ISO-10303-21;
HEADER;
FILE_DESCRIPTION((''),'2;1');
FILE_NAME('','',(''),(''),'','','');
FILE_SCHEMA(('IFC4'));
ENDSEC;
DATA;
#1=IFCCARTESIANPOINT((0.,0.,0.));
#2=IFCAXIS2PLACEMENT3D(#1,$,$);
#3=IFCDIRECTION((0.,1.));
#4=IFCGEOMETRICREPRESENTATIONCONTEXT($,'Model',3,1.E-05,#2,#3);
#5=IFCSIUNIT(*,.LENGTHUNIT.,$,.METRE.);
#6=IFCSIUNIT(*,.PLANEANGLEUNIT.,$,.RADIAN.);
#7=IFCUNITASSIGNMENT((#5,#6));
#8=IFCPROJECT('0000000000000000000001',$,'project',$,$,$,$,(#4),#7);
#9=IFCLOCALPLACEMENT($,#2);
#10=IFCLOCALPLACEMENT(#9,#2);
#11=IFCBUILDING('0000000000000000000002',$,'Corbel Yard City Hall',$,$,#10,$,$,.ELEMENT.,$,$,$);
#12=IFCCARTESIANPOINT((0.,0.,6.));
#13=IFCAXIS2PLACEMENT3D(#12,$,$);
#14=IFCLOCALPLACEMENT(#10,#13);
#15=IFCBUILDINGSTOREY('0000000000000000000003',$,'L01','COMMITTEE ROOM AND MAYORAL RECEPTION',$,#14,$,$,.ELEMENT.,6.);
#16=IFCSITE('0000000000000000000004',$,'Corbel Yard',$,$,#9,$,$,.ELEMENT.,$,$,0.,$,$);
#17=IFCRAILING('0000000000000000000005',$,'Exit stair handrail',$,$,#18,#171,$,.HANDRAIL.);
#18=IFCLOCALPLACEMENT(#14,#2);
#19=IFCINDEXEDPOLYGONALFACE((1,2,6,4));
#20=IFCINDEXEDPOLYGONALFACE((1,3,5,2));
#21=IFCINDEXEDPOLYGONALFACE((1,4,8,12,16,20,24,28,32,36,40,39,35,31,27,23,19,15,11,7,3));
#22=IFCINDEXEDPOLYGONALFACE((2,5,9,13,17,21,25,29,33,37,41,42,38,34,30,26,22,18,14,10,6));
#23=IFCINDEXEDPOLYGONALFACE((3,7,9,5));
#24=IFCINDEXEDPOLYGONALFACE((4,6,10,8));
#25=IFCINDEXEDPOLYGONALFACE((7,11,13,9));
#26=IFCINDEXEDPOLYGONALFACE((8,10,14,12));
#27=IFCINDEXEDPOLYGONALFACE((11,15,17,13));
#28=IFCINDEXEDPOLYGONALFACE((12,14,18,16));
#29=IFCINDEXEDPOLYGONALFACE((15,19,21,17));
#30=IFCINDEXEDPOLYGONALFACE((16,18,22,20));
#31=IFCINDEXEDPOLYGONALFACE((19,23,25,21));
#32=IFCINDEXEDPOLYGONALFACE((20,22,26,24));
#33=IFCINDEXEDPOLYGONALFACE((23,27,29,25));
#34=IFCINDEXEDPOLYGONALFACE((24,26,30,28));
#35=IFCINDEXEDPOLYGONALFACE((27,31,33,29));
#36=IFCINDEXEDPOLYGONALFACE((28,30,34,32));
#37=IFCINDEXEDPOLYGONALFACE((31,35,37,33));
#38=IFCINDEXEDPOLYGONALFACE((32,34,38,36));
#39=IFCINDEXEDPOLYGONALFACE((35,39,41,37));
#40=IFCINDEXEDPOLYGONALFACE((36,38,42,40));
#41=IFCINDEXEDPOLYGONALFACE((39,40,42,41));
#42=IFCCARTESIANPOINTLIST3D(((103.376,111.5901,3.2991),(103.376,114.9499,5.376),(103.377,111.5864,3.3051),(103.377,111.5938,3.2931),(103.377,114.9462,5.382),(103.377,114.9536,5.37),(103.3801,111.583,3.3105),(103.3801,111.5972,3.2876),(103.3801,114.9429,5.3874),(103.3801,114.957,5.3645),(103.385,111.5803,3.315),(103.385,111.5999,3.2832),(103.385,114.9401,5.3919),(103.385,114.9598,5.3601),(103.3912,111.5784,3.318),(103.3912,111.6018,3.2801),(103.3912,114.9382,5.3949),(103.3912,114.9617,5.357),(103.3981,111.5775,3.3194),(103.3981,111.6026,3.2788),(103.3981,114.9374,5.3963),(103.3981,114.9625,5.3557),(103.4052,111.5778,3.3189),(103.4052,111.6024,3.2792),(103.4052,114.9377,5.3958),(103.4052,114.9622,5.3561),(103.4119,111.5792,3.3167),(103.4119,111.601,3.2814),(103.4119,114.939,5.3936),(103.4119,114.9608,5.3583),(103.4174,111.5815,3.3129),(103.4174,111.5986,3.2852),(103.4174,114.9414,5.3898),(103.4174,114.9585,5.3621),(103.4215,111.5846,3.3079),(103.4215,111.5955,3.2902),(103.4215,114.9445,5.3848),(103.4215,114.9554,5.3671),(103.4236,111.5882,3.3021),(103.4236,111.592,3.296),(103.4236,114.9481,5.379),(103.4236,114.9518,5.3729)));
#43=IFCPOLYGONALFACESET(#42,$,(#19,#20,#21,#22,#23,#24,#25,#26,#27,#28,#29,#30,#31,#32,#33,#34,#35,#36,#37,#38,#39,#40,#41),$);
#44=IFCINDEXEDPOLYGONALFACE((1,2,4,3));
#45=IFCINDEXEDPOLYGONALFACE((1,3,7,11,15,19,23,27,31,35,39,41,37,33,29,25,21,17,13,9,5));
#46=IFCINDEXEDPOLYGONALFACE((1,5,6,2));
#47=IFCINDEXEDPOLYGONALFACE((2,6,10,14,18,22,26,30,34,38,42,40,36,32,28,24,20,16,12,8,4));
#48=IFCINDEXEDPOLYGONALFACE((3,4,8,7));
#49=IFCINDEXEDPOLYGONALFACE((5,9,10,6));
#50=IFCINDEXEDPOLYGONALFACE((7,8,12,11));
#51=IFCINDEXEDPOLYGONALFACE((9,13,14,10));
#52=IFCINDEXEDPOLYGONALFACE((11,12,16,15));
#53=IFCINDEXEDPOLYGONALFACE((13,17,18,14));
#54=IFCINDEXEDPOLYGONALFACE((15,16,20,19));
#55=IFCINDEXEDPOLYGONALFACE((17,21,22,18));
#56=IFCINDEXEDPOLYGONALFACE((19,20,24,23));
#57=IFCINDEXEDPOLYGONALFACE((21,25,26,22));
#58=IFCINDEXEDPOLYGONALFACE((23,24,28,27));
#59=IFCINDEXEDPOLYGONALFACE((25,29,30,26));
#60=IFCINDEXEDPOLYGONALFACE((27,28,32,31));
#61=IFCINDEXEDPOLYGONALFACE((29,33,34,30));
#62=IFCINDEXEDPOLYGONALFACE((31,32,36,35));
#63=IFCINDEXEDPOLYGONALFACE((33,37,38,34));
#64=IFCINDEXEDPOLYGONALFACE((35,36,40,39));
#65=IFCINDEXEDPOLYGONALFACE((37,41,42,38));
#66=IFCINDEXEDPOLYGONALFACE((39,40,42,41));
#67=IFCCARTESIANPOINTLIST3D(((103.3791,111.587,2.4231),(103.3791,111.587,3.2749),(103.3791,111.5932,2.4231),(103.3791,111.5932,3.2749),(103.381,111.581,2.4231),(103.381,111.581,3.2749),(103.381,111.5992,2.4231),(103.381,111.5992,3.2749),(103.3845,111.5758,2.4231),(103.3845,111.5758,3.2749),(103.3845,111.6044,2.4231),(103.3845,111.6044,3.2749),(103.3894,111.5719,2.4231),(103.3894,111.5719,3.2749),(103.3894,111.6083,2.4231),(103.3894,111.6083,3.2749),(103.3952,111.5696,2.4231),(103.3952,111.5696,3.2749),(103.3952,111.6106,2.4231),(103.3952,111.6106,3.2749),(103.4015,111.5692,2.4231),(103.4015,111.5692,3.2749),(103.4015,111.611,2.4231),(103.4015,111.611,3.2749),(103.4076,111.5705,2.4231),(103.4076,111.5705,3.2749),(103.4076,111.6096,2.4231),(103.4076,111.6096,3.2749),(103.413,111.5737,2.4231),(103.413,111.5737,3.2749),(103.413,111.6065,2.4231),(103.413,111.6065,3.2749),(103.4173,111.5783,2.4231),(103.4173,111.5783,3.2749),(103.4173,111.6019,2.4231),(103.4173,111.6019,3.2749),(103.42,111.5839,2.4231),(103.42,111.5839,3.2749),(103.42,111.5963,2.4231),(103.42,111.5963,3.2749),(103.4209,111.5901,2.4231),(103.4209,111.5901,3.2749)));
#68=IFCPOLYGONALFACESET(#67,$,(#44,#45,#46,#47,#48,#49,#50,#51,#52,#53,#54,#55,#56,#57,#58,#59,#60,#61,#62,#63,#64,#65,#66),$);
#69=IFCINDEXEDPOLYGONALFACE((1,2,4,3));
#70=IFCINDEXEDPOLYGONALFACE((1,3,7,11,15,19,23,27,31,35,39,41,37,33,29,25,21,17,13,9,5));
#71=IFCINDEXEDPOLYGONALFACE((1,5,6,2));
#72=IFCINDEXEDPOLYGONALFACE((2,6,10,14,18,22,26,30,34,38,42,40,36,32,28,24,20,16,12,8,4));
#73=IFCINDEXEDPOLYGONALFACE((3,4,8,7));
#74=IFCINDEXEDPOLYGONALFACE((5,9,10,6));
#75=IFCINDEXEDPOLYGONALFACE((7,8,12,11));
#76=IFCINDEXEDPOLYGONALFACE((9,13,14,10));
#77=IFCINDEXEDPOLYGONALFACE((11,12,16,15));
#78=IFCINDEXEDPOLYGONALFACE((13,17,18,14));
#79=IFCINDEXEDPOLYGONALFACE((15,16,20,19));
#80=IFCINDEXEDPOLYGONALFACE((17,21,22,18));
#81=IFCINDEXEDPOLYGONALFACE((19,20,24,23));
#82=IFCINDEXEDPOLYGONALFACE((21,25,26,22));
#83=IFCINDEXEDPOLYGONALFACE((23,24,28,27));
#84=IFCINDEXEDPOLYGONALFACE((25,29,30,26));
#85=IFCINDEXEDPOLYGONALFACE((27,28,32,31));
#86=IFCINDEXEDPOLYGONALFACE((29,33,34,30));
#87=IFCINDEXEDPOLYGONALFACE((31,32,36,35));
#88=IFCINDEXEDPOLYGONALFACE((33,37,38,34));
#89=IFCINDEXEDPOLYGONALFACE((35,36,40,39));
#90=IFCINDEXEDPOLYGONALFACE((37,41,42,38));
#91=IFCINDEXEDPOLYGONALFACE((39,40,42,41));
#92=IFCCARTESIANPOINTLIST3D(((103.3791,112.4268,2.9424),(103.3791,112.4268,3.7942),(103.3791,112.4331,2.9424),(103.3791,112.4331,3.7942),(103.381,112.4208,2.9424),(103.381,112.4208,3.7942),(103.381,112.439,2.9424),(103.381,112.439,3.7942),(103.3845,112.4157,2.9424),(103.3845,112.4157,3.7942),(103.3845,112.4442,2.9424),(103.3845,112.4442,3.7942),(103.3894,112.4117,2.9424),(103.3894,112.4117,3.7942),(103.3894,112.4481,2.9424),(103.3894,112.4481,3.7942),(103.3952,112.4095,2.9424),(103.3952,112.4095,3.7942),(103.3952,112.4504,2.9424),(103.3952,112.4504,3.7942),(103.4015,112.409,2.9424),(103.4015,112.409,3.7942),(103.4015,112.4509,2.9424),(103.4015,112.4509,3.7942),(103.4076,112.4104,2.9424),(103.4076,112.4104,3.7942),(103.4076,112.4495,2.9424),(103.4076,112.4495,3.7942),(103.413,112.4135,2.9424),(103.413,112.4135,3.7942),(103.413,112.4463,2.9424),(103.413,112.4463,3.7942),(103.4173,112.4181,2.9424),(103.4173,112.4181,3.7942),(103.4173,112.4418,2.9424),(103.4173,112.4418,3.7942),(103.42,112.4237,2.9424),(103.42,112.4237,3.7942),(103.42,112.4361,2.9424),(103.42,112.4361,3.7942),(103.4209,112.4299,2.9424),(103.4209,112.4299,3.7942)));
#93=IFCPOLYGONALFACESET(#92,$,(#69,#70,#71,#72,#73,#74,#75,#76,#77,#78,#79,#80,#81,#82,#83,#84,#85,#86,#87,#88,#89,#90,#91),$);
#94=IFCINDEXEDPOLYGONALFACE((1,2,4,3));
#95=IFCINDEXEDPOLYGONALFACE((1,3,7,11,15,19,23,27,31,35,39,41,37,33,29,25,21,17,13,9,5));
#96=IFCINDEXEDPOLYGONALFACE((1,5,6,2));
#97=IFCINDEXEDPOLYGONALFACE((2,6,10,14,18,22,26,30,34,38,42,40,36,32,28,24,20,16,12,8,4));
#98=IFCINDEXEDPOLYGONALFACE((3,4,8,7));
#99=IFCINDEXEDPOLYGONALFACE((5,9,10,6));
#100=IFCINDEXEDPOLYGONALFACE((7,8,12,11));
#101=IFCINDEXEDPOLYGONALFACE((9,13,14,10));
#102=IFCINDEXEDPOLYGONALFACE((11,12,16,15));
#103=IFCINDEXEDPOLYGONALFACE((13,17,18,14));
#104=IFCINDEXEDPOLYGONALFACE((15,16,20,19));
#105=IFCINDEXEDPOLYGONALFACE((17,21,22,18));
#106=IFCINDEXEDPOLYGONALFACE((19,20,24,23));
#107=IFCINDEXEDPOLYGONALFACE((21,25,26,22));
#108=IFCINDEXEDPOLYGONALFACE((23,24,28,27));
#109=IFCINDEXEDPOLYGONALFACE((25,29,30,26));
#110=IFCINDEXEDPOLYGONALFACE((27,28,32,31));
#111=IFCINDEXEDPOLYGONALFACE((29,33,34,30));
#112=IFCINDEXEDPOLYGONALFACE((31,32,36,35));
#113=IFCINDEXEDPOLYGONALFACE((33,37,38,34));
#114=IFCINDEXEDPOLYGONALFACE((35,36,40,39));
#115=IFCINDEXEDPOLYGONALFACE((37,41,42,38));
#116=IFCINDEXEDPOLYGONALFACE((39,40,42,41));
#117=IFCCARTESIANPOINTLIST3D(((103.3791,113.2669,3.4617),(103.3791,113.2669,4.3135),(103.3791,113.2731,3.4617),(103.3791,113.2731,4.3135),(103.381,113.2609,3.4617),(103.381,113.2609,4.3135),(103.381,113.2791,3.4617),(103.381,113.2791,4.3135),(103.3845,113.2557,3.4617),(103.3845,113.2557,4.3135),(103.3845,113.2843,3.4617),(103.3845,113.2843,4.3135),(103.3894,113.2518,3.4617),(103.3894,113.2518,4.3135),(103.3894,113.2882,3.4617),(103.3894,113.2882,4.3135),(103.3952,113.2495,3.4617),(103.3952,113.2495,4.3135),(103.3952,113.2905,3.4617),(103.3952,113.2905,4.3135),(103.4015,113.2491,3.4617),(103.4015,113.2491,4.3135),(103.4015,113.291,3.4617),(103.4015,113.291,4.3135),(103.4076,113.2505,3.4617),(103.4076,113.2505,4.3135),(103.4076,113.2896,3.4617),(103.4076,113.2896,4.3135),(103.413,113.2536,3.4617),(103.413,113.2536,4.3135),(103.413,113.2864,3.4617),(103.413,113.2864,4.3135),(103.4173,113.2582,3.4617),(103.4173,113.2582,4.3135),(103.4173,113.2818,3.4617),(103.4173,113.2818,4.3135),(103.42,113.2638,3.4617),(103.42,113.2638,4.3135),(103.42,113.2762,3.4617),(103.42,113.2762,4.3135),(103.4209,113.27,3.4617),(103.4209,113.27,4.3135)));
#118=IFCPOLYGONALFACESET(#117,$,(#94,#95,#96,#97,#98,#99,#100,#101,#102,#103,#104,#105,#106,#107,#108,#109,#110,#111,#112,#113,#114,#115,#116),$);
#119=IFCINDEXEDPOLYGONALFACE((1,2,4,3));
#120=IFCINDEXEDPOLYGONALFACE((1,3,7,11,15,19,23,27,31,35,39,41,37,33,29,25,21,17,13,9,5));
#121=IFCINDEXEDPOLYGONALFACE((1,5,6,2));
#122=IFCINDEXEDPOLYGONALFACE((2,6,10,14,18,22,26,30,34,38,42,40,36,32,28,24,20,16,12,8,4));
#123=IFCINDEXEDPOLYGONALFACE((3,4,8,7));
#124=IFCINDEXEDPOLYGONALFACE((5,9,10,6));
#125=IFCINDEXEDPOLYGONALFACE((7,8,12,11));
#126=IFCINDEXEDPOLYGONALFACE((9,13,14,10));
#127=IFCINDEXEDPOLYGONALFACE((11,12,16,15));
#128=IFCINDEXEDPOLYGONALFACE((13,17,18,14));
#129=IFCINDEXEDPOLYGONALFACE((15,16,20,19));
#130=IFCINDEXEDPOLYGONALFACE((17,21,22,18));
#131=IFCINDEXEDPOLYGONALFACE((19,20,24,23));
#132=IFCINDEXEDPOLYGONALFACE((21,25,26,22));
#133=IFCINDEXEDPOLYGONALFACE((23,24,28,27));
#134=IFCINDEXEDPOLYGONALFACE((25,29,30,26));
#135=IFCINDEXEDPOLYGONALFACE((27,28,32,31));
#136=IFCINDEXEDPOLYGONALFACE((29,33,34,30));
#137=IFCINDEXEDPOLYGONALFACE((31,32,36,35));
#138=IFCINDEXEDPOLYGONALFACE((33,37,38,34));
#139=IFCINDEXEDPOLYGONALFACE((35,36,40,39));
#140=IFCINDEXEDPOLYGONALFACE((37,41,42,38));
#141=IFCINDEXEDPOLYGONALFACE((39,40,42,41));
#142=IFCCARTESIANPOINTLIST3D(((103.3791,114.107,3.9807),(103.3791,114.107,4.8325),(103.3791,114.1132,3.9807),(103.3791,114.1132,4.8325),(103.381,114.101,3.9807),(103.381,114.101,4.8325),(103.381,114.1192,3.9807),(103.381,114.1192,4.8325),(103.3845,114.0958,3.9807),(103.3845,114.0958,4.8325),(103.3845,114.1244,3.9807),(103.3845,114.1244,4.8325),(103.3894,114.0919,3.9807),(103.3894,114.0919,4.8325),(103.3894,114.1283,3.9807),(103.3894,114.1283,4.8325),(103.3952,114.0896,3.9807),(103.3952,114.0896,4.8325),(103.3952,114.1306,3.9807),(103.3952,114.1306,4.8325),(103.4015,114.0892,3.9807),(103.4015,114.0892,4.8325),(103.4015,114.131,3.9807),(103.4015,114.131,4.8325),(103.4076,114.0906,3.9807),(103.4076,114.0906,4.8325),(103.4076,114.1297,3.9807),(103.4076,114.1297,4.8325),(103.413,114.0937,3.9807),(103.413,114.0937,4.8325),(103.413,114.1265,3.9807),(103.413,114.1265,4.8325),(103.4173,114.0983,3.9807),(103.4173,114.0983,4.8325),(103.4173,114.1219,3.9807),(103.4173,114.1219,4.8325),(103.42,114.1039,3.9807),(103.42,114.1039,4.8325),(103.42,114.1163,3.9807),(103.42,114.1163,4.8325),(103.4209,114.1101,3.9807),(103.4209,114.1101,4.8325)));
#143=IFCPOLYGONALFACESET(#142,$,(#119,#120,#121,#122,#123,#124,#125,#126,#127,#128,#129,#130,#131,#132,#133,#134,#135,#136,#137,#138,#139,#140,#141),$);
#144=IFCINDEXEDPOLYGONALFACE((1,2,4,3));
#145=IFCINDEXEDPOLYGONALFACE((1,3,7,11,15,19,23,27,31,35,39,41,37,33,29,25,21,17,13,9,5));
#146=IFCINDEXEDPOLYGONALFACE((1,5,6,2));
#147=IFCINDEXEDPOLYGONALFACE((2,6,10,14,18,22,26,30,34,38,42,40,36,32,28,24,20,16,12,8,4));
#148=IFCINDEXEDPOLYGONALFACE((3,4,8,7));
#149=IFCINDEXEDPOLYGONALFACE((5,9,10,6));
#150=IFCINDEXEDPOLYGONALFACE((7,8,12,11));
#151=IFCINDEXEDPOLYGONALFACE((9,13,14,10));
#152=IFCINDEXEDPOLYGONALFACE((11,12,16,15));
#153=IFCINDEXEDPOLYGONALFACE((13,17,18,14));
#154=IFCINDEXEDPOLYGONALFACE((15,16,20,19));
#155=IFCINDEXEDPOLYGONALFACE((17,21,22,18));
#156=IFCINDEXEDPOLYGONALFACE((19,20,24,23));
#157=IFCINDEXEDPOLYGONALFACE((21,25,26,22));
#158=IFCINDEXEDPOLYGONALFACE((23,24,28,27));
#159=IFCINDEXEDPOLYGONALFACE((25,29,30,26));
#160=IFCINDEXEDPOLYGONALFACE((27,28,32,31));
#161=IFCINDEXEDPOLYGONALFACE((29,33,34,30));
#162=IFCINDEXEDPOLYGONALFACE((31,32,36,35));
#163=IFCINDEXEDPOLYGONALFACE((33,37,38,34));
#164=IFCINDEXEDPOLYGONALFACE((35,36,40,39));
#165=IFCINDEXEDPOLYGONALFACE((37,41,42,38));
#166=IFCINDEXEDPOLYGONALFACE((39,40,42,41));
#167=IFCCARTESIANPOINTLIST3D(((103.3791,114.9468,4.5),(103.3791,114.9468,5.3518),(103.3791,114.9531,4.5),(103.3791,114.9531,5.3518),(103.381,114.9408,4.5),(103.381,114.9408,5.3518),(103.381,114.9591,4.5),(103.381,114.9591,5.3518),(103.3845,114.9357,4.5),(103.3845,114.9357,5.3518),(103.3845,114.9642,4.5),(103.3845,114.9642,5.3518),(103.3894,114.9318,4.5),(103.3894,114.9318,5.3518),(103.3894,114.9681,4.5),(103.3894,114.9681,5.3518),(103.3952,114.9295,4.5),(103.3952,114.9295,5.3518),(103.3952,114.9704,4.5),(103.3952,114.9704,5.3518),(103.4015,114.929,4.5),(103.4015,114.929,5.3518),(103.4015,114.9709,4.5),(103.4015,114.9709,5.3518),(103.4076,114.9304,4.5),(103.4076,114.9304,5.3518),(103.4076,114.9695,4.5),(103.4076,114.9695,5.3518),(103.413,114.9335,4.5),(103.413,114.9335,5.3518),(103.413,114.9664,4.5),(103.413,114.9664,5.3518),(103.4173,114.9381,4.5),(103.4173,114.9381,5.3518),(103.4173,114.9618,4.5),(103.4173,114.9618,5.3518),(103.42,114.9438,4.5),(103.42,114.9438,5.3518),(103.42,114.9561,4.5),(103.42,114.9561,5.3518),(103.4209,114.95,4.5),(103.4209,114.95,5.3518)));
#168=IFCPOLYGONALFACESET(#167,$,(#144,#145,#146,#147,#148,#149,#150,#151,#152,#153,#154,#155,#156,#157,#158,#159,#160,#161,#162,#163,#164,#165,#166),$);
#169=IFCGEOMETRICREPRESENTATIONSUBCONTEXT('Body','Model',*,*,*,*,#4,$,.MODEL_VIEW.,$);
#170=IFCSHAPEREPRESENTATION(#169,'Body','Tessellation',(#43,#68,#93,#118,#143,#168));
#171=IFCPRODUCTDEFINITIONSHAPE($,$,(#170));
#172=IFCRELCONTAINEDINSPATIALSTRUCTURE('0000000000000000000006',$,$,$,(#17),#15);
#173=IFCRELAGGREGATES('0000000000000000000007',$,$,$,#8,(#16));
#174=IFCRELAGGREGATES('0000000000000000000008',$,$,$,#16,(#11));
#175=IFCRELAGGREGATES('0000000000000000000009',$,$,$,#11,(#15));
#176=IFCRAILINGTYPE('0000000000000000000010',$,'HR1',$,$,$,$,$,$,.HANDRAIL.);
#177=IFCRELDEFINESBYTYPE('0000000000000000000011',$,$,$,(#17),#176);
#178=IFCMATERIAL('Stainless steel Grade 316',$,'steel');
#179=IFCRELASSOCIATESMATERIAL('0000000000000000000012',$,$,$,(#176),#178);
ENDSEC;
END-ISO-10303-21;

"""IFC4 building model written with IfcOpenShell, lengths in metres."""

from ifc_helpers import new_model, si_unit, direction, frame, origin, origin_2d, place, context, subcontext, project, spatial, circle, extrude, material, type_object, element, save


model = new_model("IFC4")

# Units and contexts
model_context = context("Model", 3, precision=1e-05, world=origin(), true_north=direction((0.0, 1.0)))
body_context = subcontext(model_context, "Body", "Model", "MODEL_VIEW")
ifc_project = project(units=[si_unit("LENGTHUNIT", "METRE"), si_unit("PLANEANGLEUNIT", "RADIAN")], contexts=[model_context])

# Site, building, storey
site_placement = place(None, origin())
site = spatial("IfcSite", under=ifc_project, at=site_placement, Name="Corbel Yard", CompositionType="ELEMENT", RefElevation=0.0)
building_placement = place(site_placement, origin())
building = spatial("IfcBuilding", under=site, at=building_placement, Name="Corbel Yard City Hall", CompositionType="ELEMENT")
storey_placement = place(building_placement, frame((0.0, 0.0, 6.0)))
storey = spatial("IfcBuildingStorey", under=building, at=storey_placement, Name="L01", Description="COMMITTEE ROOM AND MAYORAL RECEPTION", CompositionType="ELEMENT", Elevation=6.0)

# Railing
ifc_material_1 = material(Name="Stainless steel Grade 316", Category="steel")
railing_type = type_object("IfcRailingType", Name="HR1", PredefinedType="HANDRAIL", material=ifc_material_1)
railing_placement = place(storey_placement, frame((103.3999, 111.5901, 2.4231)))
element("IfcRailing", 1, at=railing_placement, inside=storey, type_object=railing_type, Name="Exit stair handrail", PredefinedType="HANDRAIL", context=body_context, shape_type="SweptSolid", body=[
    extrude(circle(Radius=0.0239, at=origin_2d()), frame((0.0, 0.0, 0.876), z_axis=(0.0, 0.850606, 0.525803), x_axis=(-1.0, 0.0, 0.0)), (0.0, 0.0, 1.0), 3.95),
    extrude(circle(Radius=0.021, at=origin_2d()), origin(), (0.0, 0.0, 1.0), 0.8518),
    extrude(circle(Radius=0.021, at=origin_2d()), frame((0.0, 0.8398, 0.5193)), (0.0, 0.0, 1.0), 0.8518),
    extrude(circle(Radius=0.021, at=origin_2d()), frame((0.0, 1.6799, 1.0386)), (0.0, 0.0, 1.0), 0.8518),
    extrude(circle(Radius=0.021, at=origin_2d()), frame((0.0, 2.52, 1.5576)), (0.0, 0.0, 1.0), 0.8518),
    extrude(circle(Radius=0.021, at=origin_2d()), frame((0.0, 3.3599, 2.0769)), (0.0, 0.0, 1.0), 0.8518),
])

save(model, "model.ifc")
